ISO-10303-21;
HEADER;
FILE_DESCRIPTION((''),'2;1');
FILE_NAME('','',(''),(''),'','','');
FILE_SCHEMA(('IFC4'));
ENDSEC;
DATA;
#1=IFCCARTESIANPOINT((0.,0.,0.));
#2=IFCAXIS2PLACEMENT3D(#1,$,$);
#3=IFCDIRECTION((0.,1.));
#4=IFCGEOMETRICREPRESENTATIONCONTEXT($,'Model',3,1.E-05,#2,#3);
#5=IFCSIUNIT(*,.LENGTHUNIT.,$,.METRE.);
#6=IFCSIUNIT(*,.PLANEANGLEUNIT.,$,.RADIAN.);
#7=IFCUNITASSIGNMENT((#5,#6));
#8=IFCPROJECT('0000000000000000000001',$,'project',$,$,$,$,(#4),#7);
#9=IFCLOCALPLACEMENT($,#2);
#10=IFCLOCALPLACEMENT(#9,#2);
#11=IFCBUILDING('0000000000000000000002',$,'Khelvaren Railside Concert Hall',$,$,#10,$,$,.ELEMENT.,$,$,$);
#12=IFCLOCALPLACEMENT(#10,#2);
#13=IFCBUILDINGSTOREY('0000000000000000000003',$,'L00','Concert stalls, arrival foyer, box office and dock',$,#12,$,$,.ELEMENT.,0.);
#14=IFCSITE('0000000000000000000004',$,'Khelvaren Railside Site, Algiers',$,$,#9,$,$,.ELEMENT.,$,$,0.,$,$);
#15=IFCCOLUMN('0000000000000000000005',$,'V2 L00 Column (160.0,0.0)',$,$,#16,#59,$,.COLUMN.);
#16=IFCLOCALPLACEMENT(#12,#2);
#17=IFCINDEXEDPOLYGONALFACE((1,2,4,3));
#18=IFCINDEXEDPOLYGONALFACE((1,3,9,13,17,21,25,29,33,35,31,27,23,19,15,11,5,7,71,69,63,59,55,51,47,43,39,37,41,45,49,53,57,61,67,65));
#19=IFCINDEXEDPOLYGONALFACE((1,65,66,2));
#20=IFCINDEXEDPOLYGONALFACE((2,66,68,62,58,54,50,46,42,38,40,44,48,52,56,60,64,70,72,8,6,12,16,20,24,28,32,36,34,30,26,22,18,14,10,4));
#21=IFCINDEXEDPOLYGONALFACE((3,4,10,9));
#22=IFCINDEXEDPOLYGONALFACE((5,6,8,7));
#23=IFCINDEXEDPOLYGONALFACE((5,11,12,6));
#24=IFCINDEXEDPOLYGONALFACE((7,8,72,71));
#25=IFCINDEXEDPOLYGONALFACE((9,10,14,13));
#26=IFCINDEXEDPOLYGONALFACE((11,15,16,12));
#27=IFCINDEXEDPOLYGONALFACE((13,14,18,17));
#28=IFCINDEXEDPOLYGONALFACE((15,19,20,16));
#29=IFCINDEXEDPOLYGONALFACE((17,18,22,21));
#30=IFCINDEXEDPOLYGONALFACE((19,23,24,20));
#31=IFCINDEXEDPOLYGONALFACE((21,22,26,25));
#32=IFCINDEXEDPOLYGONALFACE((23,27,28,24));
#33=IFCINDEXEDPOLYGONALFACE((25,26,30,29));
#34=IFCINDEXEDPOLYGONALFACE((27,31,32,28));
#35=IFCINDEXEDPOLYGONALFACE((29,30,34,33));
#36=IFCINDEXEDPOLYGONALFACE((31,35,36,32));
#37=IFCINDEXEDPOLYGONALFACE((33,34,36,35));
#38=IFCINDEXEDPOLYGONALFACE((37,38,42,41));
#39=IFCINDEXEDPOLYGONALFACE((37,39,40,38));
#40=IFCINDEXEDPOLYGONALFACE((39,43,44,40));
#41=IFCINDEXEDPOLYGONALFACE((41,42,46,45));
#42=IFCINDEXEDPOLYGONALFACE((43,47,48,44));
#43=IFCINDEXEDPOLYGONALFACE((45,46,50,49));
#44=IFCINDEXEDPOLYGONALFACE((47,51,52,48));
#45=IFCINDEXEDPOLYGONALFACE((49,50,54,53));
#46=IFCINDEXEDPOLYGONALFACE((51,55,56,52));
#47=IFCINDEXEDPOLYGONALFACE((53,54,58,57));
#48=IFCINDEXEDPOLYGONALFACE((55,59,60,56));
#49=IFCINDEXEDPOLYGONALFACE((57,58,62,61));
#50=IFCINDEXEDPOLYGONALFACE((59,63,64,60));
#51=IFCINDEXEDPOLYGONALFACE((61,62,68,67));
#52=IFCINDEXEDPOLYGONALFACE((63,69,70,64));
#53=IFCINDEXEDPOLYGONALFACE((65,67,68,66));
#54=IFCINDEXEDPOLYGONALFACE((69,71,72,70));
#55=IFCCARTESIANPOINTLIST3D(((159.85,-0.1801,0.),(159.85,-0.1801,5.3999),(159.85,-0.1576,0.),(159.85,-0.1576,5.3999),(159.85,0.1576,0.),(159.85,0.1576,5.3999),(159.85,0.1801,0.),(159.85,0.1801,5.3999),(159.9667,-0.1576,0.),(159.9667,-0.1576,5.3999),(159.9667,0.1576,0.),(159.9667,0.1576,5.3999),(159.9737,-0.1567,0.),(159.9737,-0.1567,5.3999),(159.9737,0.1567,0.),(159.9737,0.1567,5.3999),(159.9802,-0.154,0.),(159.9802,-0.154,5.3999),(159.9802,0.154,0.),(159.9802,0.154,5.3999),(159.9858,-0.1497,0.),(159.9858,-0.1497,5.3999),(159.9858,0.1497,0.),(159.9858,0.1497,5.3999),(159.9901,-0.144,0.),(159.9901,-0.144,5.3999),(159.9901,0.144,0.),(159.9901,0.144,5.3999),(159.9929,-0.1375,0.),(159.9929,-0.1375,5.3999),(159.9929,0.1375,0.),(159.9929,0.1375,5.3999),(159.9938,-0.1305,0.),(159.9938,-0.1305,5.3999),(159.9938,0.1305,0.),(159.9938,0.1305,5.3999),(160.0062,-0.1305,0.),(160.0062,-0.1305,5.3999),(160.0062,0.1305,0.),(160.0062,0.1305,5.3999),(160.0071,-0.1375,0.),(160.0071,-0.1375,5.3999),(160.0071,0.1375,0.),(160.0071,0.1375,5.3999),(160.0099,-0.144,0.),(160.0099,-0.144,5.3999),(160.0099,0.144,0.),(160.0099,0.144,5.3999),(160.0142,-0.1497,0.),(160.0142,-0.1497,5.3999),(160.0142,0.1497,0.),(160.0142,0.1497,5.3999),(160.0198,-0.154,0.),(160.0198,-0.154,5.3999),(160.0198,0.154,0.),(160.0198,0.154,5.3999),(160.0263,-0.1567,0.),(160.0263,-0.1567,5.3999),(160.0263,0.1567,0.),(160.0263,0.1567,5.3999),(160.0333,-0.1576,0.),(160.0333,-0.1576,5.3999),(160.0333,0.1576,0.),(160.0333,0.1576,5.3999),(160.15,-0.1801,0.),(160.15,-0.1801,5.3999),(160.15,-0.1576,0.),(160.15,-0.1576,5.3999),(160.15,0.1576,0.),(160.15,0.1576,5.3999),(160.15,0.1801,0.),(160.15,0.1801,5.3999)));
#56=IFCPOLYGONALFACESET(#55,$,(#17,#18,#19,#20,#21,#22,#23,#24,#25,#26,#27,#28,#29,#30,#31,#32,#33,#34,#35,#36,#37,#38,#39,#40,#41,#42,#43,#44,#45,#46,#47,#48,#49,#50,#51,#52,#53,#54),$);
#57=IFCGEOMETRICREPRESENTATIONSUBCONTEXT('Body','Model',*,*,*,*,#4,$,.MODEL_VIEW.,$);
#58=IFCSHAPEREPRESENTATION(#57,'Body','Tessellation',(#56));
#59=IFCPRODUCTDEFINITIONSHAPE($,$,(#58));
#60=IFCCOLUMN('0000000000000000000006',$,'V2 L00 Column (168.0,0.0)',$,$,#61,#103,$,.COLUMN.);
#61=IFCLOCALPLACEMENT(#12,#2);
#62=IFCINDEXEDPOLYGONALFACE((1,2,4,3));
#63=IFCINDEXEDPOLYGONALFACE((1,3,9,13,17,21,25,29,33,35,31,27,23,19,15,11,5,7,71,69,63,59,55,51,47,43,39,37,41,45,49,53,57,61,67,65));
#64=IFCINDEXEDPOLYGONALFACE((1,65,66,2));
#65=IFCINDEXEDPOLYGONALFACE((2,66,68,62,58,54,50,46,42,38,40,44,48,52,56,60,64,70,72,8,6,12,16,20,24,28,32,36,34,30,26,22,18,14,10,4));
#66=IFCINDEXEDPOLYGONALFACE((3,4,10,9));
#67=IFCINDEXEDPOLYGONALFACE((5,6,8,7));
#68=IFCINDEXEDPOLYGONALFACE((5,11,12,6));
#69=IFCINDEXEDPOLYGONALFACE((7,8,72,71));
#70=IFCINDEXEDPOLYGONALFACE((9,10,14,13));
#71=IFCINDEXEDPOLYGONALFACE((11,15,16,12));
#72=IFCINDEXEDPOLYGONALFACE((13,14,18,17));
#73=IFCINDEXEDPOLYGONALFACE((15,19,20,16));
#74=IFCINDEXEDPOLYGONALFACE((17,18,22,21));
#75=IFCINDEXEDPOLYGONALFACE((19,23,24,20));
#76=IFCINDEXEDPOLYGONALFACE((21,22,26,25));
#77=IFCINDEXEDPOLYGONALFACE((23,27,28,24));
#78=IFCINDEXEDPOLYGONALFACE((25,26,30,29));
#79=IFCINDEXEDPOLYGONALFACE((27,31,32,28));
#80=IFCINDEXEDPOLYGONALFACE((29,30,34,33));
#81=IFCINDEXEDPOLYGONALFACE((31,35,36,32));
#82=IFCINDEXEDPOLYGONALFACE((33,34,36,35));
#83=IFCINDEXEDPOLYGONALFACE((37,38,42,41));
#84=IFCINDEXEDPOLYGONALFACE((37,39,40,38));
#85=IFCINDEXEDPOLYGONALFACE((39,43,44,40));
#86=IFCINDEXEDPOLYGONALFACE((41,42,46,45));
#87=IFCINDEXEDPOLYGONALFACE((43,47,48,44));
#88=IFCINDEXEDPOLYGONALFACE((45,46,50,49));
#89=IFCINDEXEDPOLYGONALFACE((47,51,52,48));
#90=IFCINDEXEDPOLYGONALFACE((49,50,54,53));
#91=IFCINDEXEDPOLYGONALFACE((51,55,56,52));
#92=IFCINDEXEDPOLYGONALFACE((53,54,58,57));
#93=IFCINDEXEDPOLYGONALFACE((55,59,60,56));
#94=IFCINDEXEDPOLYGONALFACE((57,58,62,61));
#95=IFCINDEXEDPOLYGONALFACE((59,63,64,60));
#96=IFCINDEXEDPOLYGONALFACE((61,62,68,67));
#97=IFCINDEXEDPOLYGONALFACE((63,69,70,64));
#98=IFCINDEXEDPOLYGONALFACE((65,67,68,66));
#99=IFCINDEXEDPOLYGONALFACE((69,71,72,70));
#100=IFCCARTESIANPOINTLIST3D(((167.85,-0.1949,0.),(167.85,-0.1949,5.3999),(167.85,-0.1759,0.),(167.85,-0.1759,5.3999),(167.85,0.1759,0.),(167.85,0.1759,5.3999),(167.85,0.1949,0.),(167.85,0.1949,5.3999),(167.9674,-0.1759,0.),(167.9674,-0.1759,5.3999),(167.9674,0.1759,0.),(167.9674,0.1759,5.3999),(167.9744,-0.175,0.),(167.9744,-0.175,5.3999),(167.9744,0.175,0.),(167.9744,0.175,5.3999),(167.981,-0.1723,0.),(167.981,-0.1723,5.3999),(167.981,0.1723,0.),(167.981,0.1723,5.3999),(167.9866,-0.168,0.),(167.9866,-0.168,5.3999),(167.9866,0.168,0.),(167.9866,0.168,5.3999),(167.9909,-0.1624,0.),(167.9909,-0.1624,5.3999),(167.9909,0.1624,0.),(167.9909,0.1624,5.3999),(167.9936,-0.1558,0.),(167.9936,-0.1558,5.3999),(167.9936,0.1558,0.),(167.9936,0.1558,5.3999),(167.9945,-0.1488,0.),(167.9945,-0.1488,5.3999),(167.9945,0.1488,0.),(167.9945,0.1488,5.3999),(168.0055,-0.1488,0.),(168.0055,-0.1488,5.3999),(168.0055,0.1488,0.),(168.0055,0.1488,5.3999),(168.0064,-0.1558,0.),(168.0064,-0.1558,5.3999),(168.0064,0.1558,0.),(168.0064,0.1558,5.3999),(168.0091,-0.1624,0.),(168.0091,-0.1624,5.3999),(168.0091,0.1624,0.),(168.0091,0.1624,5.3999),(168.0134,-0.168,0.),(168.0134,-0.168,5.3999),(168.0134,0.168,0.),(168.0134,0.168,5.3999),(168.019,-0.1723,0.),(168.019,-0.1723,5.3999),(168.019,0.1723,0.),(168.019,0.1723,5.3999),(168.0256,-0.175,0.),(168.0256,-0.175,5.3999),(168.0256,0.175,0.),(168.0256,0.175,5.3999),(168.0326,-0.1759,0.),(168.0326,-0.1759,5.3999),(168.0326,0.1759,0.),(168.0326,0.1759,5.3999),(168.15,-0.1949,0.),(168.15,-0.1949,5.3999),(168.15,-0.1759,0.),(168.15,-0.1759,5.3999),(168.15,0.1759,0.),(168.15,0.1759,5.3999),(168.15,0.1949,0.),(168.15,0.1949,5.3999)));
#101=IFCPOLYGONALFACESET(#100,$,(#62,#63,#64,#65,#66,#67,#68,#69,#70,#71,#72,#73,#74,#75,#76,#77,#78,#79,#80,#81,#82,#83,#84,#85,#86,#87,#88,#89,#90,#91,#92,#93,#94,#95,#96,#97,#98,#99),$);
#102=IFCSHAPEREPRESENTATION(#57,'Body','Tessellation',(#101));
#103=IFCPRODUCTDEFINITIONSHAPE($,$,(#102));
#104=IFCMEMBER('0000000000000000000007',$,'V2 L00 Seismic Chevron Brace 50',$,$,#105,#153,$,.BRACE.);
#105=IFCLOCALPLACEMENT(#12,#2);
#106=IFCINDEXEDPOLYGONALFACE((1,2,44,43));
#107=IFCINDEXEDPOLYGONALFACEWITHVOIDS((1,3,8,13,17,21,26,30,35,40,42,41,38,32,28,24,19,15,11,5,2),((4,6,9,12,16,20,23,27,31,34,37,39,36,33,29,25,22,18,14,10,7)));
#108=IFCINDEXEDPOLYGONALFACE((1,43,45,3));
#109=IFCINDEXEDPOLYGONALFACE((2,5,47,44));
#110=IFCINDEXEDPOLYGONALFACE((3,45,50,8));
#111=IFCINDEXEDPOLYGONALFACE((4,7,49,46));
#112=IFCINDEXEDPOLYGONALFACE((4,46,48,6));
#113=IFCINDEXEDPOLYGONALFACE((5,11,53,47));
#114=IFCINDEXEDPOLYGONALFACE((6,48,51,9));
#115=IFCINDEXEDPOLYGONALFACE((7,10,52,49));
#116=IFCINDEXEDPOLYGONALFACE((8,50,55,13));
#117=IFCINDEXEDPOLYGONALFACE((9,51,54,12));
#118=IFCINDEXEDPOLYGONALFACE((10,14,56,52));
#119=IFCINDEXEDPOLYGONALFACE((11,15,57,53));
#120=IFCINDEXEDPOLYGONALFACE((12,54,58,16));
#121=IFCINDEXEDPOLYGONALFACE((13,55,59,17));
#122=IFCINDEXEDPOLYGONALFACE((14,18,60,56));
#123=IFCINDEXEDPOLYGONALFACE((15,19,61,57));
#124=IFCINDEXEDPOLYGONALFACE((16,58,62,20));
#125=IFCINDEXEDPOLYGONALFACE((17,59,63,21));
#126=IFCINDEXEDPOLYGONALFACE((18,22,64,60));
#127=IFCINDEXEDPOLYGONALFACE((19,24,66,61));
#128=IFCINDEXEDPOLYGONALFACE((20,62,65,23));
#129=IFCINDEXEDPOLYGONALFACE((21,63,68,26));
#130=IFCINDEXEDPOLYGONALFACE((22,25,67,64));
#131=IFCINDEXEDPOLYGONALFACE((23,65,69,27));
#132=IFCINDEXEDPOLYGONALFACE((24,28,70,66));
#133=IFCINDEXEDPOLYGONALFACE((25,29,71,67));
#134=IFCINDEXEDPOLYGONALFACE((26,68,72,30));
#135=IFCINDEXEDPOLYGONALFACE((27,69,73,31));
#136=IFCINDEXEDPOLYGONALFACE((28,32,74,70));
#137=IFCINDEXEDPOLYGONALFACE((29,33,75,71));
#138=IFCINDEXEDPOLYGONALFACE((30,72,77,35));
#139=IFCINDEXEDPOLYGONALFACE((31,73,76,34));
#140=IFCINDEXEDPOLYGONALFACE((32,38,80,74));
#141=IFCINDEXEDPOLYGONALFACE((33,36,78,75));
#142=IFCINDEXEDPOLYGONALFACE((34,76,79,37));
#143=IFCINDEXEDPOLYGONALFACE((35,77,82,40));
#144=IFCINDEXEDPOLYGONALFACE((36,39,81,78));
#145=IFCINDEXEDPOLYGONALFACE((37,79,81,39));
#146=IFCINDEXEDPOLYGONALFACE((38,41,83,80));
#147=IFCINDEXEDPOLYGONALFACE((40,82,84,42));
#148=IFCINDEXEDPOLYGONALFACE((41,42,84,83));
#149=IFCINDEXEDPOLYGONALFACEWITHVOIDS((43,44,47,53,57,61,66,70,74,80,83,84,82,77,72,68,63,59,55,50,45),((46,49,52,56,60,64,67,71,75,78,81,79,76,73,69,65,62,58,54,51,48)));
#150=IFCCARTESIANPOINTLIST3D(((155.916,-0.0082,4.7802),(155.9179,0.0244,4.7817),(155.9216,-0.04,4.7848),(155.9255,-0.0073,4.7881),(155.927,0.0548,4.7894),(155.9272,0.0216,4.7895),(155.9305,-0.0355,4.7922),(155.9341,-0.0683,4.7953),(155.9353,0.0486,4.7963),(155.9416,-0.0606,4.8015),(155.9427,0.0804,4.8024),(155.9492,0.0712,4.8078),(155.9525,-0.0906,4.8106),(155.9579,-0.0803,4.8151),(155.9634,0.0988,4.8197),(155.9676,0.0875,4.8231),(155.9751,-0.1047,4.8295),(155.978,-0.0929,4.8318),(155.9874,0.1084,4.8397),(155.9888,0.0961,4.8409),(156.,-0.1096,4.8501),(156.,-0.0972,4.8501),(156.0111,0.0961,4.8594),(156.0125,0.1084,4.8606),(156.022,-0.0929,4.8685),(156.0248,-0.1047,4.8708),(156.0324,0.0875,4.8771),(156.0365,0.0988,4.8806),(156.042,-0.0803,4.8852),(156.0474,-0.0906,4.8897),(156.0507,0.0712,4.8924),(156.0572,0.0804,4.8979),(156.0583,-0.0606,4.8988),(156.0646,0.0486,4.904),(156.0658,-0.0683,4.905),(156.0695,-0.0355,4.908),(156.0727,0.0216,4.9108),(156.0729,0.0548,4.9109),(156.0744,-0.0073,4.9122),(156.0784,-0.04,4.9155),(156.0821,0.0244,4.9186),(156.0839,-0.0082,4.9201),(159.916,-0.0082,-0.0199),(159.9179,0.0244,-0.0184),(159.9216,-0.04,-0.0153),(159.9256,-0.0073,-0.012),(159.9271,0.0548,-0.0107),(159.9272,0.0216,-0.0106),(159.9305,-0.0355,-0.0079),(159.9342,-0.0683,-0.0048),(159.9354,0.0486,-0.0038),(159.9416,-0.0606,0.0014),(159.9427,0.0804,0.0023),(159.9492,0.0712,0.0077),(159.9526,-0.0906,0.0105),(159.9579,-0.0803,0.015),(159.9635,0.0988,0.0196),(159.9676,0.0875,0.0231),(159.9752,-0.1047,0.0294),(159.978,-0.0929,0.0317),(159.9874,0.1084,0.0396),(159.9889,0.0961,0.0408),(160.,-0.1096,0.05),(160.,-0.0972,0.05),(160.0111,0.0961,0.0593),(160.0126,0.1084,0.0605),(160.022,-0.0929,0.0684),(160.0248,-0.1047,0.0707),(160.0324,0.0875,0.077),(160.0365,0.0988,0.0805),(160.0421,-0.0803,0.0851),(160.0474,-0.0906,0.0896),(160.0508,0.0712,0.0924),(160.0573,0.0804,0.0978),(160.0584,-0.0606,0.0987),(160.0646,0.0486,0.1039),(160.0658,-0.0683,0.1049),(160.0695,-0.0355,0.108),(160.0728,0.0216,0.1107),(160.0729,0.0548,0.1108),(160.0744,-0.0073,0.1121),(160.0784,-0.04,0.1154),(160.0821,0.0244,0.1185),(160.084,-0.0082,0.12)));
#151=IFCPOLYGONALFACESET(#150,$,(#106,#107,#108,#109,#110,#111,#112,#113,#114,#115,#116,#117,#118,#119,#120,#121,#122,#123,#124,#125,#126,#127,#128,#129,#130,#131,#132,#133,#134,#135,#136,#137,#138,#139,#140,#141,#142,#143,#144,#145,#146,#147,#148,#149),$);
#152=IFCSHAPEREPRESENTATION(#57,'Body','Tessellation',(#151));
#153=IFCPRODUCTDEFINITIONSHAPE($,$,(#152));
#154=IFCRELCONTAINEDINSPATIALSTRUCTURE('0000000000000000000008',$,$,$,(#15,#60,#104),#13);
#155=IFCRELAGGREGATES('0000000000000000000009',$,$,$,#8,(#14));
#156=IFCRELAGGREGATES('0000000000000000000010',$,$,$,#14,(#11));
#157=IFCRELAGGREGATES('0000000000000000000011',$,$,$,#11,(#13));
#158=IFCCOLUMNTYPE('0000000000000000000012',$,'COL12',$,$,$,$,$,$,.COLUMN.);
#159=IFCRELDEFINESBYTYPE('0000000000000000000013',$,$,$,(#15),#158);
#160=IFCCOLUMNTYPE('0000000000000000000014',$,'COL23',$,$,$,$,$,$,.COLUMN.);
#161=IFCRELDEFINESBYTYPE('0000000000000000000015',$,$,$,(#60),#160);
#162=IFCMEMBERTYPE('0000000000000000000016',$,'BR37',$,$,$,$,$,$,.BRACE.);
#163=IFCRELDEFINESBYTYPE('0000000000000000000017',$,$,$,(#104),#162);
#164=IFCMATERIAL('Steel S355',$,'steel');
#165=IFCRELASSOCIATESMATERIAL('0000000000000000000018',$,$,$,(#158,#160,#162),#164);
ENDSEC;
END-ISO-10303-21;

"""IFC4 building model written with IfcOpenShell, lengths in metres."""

from ifc_helpers import new_model, si_unit, direction, frame, origin, origin_2d, place, context, subcontext, project, spatial, hollow_circle, i_section, extrude, material, material_profile, profile_set, type_object, element, save


model = new_model("IFC4")

# Units and contexts
model_context = context("Model", 3, precision=1e-05, world=origin(), true_north=direction((0.0, 1.0)))
body_context = subcontext(model_context, "Body", "Model", "MODEL_VIEW")
ifc_project = project(units=[si_unit("LENGTHUNIT", "METRE"), si_unit("PLANEANGLEUNIT", "RADIAN")], contexts=[model_context])

# Site, building, storey
site_placement = place(None, origin())
site = spatial("IfcSite", under=ifc_project, at=site_placement, Name="Khelvaren Railside Site, Algiers", CompositionType="ELEMENT", RefElevation=0.0)
building_placement = place(site_placement, origin())
building = spatial("IfcBuilding", under=site, at=building_placement, Name="Khelvaren Railside Concert Hall", CompositionType="ELEMENT")
storey_placement = place(building_placement, origin())
storey = spatial("IfcBuildingStorey", under=building, at=storey_placement, Name="L00", Description="Concert stalls, arrival foyer, box office and dock", CompositionType="ELEMENT", Elevation=0.0)

# Columns
ifc_material_1 = material(Name="Steel S355", Category="steel")
ifc_material_profile_1 = material_profile(ifc_material_1, i_section(OverallWidth=0.3, OverallDepth=0.3601, WebThickness=0.0125, FlangeThickness=0.0225, FilletRadius=0.0271, at=origin_2d()), Name="HEB 360")
ifc_profile_set_1 = profile_set([ifc_material_profile_1], Name="Steel S355")
column_type_1 = type_object("IfcColumnType", Name="COL12", PredefinedType="COLUMN", material=ifc_profile_set_1)
column_1_placement = place(storey_placement, frame((160.0, 0.0, 0.0), z_axis=(0.0, 0.0, 1.0), x_axis=(1.0, 0.0, 0.0)))
element("IfcColumn", 1, at=column_1_placement, inside=storey, type_object=column_type_1, Name="V2 L00 Column (160.0,0.0)", PredefinedType="COLUMN", context=body_context, shape_type="SweptSolid", body=[
    extrude(i_section(OverallWidth=0.3, OverallDepth=0.3601, WebThickness=0.0125, FlangeThickness=0.0225, FilletRadius=0.0271, at=origin_2d()), origin(), (0.0, 0.0, 1.0), 5.3999),
])
ifc_material_profile_2 = material_profile(ifc_material_1, i_section(OverallWidth=0.3, OverallDepth=0.3899, WebThickness=0.011, FlangeThickness=0.019, FilletRadius=0.0271, at=origin_2d()), Name="HEA 400")
ifc_profile_set_2 = profile_set([ifc_material_profile_2], Name="Steel S355")
column_type_2 = type_object("IfcColumnType", Name="COL23", PredefinedType="COLUMN", material=ifc_profile_set_2)
column_2_placement = place(storey_placement, frame((168.0, 0.0, 0.0), z_axis=(0.0, 0.0, 1.0), x_axis=(1.0, 0.0, 0.0)))
element("IfcColumn", 2, at=column_2_placement, inside=storey, type_object=column_type_2, Name="V2 L00 Column (168.0,0.0)", PredefinedType="COLUMN", context=body_context, shape_type="SweptSolid", body=[
    extrude(i_section(OverallWidth=0.3, OverallDepth=0.3899, WebThickness=0.011, FlangeThickness=0.019, FilletRadius=0.0271, at=origin_2d()), origin(), (0.0, 0.0, 1.0), 5.3999),
])

# Member
ifc_material_profile_3 = material_profile(ifc_material_1, hollow_circle(Radius=0.1096, WallThickness=0.0125, at=origin_2d()), Name="CHS 219.1x12.5")
ifc_profile_set_3 = profile_set([ifc_material_profile_3], Name="Steel S355")
member_type_1 = type_object("IfcMemberType", Name="BR37", PredefinedType="BRACE", material=ifc_profile_set_3)
member_1_placement = place(storey_placement, frame((160.0, 0.0, 0.05), z_axis=(-0.640181, 0.0, 0.768224), x_axis=(0.0, -1.0, 0.0)))
element("IfcMember", 3, at=member_1_placement, inside=storey, type_object=member_type_1, Name="V2 L00 Seismic Chevron Brace 50", PredefinedType="BRACE", context=body_context, shape_type="SweptSolid", body=[
    extrude(hollow_circle(Radius=0.1096, WallThickness=0.0125, at=origin_2d()), origin(), (0.0, 0.0, 1.0), 6.2483),
])

save(model, "model.ifc")
